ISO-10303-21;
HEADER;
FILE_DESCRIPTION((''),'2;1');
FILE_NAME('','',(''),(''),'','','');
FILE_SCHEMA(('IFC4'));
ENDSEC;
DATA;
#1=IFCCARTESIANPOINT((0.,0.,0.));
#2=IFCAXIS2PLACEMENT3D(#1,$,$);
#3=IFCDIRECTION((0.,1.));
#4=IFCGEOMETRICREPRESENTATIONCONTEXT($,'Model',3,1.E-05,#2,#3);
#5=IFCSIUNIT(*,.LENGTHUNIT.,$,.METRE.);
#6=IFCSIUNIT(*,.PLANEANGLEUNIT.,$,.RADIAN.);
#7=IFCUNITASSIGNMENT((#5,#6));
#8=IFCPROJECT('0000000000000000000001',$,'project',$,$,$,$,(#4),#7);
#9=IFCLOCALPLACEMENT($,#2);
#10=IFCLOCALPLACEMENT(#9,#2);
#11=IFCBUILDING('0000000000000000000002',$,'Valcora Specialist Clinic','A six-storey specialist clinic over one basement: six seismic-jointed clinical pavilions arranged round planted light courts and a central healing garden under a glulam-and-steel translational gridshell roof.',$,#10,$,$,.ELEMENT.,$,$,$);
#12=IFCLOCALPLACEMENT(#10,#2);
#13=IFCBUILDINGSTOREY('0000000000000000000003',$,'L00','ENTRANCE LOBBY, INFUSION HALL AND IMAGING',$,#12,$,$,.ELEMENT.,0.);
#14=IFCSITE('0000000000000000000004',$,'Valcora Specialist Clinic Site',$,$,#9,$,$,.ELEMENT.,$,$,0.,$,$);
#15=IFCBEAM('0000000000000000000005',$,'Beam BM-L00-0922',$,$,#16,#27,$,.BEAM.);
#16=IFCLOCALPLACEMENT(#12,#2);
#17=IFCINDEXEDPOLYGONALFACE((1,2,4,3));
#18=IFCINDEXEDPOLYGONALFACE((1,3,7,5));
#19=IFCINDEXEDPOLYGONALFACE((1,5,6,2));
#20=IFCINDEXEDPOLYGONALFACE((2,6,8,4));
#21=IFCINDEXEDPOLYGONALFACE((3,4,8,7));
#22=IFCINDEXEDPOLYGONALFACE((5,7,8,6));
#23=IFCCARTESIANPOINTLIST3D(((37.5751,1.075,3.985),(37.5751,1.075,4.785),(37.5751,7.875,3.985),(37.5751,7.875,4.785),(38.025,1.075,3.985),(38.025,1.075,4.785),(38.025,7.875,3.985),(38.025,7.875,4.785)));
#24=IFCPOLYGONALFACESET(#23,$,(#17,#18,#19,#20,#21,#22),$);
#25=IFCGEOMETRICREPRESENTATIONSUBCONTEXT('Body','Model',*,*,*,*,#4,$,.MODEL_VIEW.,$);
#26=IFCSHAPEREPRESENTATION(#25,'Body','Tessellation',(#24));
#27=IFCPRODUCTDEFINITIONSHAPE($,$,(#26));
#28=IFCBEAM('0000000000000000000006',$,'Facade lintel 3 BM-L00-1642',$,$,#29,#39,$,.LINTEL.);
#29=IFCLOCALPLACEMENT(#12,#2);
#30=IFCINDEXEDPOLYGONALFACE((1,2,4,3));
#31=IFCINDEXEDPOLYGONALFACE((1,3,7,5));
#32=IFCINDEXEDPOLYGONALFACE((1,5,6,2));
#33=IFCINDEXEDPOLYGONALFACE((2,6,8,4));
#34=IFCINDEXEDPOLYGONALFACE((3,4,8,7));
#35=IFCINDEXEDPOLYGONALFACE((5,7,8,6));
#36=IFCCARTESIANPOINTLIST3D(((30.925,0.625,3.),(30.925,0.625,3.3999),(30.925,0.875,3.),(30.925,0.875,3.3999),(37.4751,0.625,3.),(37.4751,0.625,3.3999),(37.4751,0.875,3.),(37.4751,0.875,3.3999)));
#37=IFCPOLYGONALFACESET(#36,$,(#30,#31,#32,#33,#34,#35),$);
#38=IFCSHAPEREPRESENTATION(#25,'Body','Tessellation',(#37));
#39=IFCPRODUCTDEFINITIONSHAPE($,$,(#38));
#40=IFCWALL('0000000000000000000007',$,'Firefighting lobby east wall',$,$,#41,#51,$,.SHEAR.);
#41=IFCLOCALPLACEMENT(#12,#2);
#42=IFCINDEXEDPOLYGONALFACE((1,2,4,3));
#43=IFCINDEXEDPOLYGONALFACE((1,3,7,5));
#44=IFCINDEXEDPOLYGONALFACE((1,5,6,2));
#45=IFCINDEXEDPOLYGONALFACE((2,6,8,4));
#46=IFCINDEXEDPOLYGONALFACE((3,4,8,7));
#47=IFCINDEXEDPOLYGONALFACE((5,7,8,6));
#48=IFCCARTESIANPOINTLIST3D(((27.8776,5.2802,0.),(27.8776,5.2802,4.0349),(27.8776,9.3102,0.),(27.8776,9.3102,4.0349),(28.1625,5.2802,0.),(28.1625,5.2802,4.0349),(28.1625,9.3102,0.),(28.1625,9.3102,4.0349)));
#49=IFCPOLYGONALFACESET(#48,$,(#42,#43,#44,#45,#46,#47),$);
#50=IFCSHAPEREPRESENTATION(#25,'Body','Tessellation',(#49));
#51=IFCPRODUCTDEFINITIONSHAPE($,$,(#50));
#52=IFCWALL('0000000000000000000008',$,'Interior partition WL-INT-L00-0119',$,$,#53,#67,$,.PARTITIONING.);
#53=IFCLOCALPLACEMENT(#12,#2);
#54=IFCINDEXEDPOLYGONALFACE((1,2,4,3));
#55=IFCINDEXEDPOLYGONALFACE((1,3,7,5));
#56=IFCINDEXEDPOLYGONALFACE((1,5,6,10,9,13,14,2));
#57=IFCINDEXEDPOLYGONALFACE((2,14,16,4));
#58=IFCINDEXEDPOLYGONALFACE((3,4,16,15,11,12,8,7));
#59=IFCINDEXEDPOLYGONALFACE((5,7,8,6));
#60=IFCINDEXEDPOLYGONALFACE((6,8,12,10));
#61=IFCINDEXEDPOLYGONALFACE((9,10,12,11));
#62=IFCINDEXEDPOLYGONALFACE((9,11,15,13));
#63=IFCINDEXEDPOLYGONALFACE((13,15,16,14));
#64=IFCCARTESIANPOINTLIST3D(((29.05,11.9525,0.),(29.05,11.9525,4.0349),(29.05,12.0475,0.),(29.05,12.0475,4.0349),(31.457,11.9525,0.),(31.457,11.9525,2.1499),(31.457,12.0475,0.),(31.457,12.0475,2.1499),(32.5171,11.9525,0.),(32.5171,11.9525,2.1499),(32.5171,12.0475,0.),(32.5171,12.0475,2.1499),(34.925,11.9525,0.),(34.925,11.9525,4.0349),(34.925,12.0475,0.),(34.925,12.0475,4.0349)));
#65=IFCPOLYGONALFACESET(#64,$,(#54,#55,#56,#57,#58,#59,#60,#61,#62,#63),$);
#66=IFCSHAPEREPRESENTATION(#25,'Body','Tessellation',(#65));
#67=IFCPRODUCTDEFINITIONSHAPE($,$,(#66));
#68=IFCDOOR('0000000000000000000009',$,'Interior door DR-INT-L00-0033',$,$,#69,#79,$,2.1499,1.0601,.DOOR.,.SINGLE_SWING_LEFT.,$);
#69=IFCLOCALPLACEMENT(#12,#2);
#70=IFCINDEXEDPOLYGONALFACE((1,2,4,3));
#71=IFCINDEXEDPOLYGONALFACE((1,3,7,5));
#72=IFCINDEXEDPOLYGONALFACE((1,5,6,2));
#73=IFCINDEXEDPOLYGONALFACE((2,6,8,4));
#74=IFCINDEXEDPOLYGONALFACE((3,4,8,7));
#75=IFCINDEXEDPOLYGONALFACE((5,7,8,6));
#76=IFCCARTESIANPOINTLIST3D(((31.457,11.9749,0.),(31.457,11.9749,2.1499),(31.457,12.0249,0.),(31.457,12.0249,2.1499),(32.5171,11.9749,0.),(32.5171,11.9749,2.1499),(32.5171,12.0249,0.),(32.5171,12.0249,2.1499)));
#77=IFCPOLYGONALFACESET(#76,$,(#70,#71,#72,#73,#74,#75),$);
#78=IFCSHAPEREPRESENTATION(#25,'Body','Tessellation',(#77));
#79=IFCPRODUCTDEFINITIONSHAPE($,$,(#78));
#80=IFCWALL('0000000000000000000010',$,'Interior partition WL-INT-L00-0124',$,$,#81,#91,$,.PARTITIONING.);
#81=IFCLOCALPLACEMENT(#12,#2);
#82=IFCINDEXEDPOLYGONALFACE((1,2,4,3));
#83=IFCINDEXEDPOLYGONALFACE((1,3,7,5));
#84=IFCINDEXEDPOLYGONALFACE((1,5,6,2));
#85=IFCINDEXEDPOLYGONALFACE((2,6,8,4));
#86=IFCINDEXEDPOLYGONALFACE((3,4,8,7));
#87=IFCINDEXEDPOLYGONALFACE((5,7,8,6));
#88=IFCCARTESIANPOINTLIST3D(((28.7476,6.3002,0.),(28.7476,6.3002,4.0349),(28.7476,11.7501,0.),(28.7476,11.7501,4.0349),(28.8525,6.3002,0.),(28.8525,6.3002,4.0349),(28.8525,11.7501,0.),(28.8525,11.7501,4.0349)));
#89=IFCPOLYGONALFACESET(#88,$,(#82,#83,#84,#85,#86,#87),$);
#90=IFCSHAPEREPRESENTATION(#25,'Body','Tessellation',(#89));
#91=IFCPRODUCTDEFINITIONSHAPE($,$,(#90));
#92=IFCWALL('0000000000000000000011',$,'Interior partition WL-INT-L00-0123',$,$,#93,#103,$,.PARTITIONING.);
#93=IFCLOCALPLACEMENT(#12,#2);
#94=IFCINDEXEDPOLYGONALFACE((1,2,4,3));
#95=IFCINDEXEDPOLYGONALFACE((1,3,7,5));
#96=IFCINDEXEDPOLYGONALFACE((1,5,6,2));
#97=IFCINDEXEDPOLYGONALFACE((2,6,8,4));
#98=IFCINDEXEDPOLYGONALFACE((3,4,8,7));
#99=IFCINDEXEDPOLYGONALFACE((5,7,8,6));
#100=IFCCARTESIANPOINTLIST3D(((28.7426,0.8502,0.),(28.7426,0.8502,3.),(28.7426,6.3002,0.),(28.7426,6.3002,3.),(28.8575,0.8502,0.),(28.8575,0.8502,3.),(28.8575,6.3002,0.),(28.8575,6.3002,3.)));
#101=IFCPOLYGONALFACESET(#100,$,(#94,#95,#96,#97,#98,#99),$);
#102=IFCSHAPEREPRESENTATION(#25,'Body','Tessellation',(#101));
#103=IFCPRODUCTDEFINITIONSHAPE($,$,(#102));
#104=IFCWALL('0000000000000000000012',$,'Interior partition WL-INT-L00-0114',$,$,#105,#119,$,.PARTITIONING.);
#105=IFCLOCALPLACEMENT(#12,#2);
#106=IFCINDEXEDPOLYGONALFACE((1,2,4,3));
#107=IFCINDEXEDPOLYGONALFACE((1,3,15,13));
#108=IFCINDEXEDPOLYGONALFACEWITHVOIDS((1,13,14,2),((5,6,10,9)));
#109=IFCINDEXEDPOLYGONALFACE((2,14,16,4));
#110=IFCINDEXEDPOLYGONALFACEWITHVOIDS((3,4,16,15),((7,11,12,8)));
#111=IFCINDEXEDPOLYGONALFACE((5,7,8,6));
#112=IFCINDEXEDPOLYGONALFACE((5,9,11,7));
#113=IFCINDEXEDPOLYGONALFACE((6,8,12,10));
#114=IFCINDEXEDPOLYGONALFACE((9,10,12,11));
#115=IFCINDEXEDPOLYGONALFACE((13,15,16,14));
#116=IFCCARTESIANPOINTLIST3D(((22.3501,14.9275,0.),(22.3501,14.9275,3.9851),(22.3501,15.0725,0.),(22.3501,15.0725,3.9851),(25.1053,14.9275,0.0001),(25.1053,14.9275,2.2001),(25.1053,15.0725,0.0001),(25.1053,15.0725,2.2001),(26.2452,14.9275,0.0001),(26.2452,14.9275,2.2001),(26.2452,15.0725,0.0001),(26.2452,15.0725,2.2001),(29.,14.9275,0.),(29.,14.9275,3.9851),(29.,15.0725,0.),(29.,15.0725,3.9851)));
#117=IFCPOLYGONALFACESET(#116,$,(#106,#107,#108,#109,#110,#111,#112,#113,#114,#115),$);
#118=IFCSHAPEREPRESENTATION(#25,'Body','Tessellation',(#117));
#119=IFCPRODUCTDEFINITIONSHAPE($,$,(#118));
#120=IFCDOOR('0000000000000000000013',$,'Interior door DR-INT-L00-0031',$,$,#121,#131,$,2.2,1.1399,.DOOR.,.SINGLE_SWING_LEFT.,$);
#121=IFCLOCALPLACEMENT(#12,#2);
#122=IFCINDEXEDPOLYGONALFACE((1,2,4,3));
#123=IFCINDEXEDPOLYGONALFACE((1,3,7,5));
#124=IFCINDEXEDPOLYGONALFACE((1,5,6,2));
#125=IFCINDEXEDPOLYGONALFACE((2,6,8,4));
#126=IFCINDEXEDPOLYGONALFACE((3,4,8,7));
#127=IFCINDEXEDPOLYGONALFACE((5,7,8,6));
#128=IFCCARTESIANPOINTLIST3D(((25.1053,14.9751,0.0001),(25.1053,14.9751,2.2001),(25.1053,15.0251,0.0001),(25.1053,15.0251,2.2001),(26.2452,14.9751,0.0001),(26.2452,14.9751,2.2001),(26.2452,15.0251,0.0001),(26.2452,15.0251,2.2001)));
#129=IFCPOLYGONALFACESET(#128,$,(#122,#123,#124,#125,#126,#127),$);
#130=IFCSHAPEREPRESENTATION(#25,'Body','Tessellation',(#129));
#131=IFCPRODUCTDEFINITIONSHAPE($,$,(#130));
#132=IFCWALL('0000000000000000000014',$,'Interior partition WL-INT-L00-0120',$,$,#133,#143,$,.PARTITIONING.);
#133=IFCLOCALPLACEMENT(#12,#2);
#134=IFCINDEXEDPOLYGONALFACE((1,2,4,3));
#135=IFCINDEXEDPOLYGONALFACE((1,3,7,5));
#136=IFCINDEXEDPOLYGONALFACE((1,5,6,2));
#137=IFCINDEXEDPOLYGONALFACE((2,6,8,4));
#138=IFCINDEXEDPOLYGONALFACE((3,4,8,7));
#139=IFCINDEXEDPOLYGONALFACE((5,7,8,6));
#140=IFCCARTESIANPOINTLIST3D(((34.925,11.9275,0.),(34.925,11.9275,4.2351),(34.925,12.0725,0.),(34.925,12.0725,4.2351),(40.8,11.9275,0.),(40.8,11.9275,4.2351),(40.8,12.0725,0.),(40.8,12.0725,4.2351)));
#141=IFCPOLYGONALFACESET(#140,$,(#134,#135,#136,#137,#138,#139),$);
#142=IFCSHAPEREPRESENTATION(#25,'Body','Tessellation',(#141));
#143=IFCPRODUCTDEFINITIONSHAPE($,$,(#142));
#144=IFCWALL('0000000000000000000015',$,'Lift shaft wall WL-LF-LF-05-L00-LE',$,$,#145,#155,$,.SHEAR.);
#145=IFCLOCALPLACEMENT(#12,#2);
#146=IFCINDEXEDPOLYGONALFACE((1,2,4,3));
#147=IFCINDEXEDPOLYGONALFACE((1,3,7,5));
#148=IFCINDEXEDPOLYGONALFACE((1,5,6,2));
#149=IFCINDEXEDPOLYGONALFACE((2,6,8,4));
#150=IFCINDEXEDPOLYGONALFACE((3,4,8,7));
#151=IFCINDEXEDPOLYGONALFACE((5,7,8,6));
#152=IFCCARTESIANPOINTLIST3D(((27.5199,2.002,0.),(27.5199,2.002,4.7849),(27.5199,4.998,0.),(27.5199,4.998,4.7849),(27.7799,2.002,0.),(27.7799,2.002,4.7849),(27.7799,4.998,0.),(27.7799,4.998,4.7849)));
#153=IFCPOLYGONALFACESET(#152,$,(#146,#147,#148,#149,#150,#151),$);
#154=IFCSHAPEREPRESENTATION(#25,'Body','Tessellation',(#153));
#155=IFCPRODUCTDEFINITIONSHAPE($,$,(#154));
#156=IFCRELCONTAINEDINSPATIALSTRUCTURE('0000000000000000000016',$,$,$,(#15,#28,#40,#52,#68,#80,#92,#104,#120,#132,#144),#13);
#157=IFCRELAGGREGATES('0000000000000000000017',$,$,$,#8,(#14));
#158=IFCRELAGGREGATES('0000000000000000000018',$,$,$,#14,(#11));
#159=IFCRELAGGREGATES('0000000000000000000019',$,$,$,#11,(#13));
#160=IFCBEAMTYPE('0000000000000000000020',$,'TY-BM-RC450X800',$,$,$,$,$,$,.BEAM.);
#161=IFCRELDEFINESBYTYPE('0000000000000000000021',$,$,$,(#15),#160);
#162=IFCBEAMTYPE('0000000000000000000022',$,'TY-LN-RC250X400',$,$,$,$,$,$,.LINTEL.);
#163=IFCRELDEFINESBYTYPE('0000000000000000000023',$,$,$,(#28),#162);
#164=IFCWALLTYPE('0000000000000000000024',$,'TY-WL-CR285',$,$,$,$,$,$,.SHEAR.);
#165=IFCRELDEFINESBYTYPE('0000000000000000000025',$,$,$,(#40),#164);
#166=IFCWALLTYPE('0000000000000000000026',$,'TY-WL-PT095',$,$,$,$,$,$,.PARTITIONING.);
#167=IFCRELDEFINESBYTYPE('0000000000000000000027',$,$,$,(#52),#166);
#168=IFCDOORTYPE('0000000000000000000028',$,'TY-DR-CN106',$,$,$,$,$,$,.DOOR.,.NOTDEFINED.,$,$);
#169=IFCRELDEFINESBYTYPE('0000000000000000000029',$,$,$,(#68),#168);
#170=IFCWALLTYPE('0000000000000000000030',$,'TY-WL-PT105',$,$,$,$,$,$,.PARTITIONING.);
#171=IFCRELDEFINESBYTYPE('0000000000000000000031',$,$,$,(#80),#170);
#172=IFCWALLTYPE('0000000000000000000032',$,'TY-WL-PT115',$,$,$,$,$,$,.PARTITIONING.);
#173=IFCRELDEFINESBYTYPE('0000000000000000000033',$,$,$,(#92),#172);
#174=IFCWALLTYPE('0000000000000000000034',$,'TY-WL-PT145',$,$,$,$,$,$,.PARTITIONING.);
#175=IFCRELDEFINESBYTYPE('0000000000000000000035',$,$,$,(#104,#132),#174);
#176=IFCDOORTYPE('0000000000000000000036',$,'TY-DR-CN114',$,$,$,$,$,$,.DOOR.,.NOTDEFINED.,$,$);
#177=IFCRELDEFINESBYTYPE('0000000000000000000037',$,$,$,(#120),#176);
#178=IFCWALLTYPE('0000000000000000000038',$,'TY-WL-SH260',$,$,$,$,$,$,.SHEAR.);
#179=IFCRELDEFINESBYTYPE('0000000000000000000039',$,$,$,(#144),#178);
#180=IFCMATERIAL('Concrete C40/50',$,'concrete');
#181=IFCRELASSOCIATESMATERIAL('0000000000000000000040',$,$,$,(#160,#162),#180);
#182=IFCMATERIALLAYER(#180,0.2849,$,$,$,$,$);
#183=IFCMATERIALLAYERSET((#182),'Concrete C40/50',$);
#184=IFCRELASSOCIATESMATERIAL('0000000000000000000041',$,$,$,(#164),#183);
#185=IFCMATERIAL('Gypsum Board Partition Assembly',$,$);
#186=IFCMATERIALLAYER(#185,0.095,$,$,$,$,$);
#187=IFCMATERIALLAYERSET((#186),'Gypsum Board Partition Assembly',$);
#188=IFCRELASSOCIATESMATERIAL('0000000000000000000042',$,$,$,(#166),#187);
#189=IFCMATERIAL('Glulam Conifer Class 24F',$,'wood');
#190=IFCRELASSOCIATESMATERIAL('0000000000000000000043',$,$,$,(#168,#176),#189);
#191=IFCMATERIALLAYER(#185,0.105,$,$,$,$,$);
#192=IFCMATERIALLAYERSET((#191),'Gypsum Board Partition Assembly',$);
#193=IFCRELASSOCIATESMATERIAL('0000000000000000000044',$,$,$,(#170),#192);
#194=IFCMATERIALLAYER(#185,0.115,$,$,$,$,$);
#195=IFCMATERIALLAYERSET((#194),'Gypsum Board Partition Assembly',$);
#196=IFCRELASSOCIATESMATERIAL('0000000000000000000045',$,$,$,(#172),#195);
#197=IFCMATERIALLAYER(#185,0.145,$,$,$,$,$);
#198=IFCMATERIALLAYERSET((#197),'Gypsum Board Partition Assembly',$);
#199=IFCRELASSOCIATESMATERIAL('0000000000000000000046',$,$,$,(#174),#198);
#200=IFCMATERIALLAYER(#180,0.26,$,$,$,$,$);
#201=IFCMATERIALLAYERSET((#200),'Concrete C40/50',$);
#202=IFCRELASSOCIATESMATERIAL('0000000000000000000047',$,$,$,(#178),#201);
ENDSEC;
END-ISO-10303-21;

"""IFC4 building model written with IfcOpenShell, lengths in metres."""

from ifc_helpers import new_model, si_unit, direction, frame, frame_2d, origin, origin_2d, place, context, subcontext, project, spatial, rectangle, extrude, material, layer, layer_set, material_profile, profile_set, type_object, element, fill, save


model = new_model("IFC4")

# Units and contexts
model_context = context("Model", 3, precision=1e-05, world=origin(), true_north=direction((0.0, 1.0)))
body_context = subcontext(model_context, "Body", "Model", "MODEL_VIEW")
ifc_project = project(units=[si_unit("LENGTHUNIT", "METRE"), si_unit("PLANEANGLEUNIT", "RADIAN")], contexts=[model_context])

# Site, building, storey
site_placement = place(None, origin())
site = spatial("IfcSite", under=ifc_project, at=site_placement, Name="Valcora Specialist Clinic Site", CompositionType="ELEMENT", RefElevation=0.0)
building_placement = place(site_placement, origin())
building = spatial("IfcBuilding", under=site, at=building_placement, Name="Valcora Specialist Clinic", Description="A six-storey specialist clinic over one basement: six seismic-jointed clinical pavilions arranged round planted light courts and a central healing garden under a glulam-and-steel translational gridshell roof.", CompositionType="ELEMENT")
storey_placement = place(building_placement, origin())
storey = spatial("IfcBuildingStorey", under=building, at=storey_placement, Name="L00", Description="ENTRANCE LOBBY, INFUSION HALL AND IMAGING", CompositionType="ELEMENT", Elevation=0.0)

# Shared definitions
ifc_material_1 = material(Name="Concrete C40/50", Category="concrete")

# Beams
ifc_material_profile_1 = material_profile(ifc_material_1, rectangle(XDim=0.45, YDim=0.8, at=origin_2d()), Name="RC-BM-450X800")
ifc_profile_set_1 = profile_set([ifc_material_profile_1], Name="Concrete C40/50")
beam_type_1 = type_object("IfcBeamType", Name="TY-BM-RC450X800", PredefinedType="BEAM", material=ifc_profile_set_1)
beam_1_placement = place(storey_placement, frame((37.8, 1.075, 4.385), z_axis=(0.0, 1.0, 0.0), x_axis=(-1.0, 0.0, 0.0)))
element("IfcBeam", 1, at=beam_1_placement, inside=storey, type_object=beam_type_1, Name="Beam BM-L00-0922", PredefinedType="BEAM", context=body_context, shape_type="SweptSolid", body=[
    extrude(rectangle(XDim=0.45, YDim=0.8, at=origin_2d()), origin(), (0.0, 0.0, 1.0), 6.8),
])
ifc_material_profile_2 = material_profile(ifc_material_1, rectangle(XDim=0.25, YDim=0.3999, at=origin_2d()), Name="RC-LN-250X400")
ifc_profile_set_2 = profile_set([ifc_material_profile_2], Name="Concrete C40/50")
beam_type_2 = type_object("IfcBeamType", Name="TY-LN-RC250X400", PredefinedType="LINTEL", material=ifc_profile_set_2)
beam_2_placement = place(storey_placement, frame((30.925, 0.75, 3.2), z_axis=(1.0, 0.0, 0.0), x_axis=(0.0, 1.0, 0.0)))
element("IfcBeam", 2, at=beam_2_placement, inside=storey, type_object=beam_type_2, Name="Facade lintel 3 BM-L00-1642", PredefinedType="LINTEL", context=body_context, shape_type="SweptSolid", body=[
    extrude(rectangle(XDim=0.25, YDim=0.3999, at=origin_2d()), origin(), (0.0, 0.0, 1.0), 6.55),
])

# Wall
ifc_layer_1 = layer(ifc_material_1, 0.2849)
ifc_layer_set_1 = layer_set([ifc_layer_1], Name="Concrete C40/50")
wall_type_1 = type_object("IfcWallType", Name="TY-WL-CR285", PredefinedType="SHEAR", material=ifc_layer_set_1)
wall_1_placement = place(storey_placement, frame((28.02, 5.28, 0.0), z_axis=(0.0, 0.0, 1.0), x_axis=(0.0, 1.0, 0.0)))
element("IfcWall", 3, at=wall_1_placement, inside=storey, type_object=wall_type_1, Name="Firefighting lobby east wall", PredefinedType="SHEAR", context=body_context, shape_type="SweptSolid", body=[
    extrude(rectangle(XDim=4.03, YDim=0.2849, at=frame_2d((2.0151, 0.0))), origin(), (0.0, 0.0, 1.0), 4.0349),
])

# Wall, opening, door
ifc_material_2 = material(Name="Gypsum Board Partition Assembly")
ifc_layer_2 = layer(ifc_material_2, 0.095)
ifc_layer_set_2 = layer_set([ifc_layer_2], Name="Gypsum Board Partition Assembly")
wall_type_2 = type_object("IfcWallType", Name="TY-WL-PT095", PredefinedType="PARTITIONING", material=ifc_layer_set_2)
wall_2_placement = place(storey_placement, frame((29.05, 12.0, 0.0), z_axis=(0.0, 0.0, 1.0), x_axis=(1.0, 0.0, 0.0)))
wall_2 = element("IfcWall", 4, at=wall_2_placement, inside=storey, type_object=wall_type_2, Name="Interior partition WL-INT-L00-0119", PredefinedType="PARTITIONING", context=body_context, shape_type="SweptSolid", body=[
    extrude(rectangle(XDim=5.875, YDim=0.095, at=frame_2d((2.9375, 0.0))), origin(), (0.0, 0.0, 1.0), 4.0349),
])
opening_1_placement = place(wall_2_placement, frame((2.407, 0.0, 0.0)))
opening_1 = element("IfcOpeningElement", 5, at=opening_1_placement, cuts=wall_2, PredefinedType="OPENING", context=body_context, shape_type="SweptSolid", body=[
    extrude(rectangle(XDim=1.0601, YDim=2.1499, at=frame_2d((0.53, 1.075))), frame((0.0, 0.0574, 0.0), z_axis=(0.0, -1.0, 0.0), x_axis=(1.0, 0.0, 0.0)), (0.0, 0.0, 1.0), 0.115),
])
ifc_material_3 = material(Name="Glulam Conifer Class 24F", Category="wood")
door_type_1 = type_object("IfcDoorType", Name="TY-DR-CN106", OperationType="NOTDEFINED", PredefinedType="DOOR", material=ifc_material_3)
door_1_placement = place(opening_1_placement, origin())
door_1 = element("IfcDoor", 6, at=door_1_placement, inside=storey, type_object=door_type_1, Name="Interior door DR-INT-L00-0033", OperationType="SINGLE_SWING_LEFT", OverallHeight=2.1499, OverallWidth=1.0601, PredefinedType="DOOR", context=body_context, shape_type="SweptSolid", body=[
    extrude(rectangle(XDim=1.0601, YDim=2.1499, at=frame_2d((0.53, 1.075))), frame((0.0, 0.0249, 0.0), z_axis=(0.0, -1.0, 0.0), x_axis=(1.0, 0.0, 0.0)), (0.0, 0.0, 1.0), 0.05),
])
fill(opening_1, door_1)

# Walls
ifc_layer_3 = layer(ifc_material_2, 0.105)
ifc_layer_set_3 = layer_set([ifc_layer_3], Name="Gypsum Board Partition Assembly")
wall_type_3 = type_object("IfcWallType", Name="TY-WL-PT105", PredefinedType="PARTITIONING", material=ifc_layer_set_3)
wall_3_placement = place(storey_placement, frame((28.8, 6.3, 0.0), z_axis=(0.0, 0.0, 1.0), x_axis=(0.0, 1.0, 0.0)))
element("IfcWall", 7, at=wall_3_placement, inside=storey, type_object=wall_type_3, Name="Interior partition WL-INT-L00-0124", PredefinedType="PARTITIONING", context=body_context, shape_type="SweptSolid", body=[
    extrude(rectangle(XDim=5.45, YDim=0.105, at=frame_2d((2.7251, 0.0))), origin(), (0.0, 0.0, 1.0), 4.0349),
])
ifc_layer_4 = layer(ifc_material_2, 0.115)
ifc_layer_set_4 = layer_set([ifc_layer_4], Name="Gypsum Board Partition Assembly")
wall_type_4 = type_object("IfcWallType", Name="TY-WL-PT115", PredefinedType="PARTITIONING", material=ifc_layer_set_4)
wall_4_placement = place(storey_placement, frame((28.8, 0.8501, 0.0), z_axis=(0.0, 0.0, 1.0), x_axis=(0.0, 1.0, 0.0)))
element("IfcWall", 8, at=wall_4_placement, inside=storey, type_object=wall_type_4, Name="Interior partition WL-INT-L00-0123", PredefinedType="PARTITIONING", context=body_context, shape_type="SweptSolid", body=[
    extrude(rectangle(XDim=5.45, YDim=0.115, at=frame_2d((2.7251, 0.0))), origin(), (0.0, 0.0, 1.0), 3.0),
])

# Wall, opening, door
ifc_layer_5 = layer(ifc_material_2, 0.145)
ifc_layer_set_5 = layer_set([ifc_layer_5], Name="Gypsum Board Partition Assembly")
wall_type_5 = type_object("IfcWallType", Name="TY-WL-PT145", PredefinedType="PARTITIONING", material=ifc_layer_set_5)
wall_5_placement = place(storey_placement, frame((29.0, 15.0, 0.0), z_axis=(0.0, 0.0, 1.0), x_axis=(-1.0, 0.0, 0.0)))
wall_5 = element("IfcWall", 9, at=wall_5_placement, inside=storey, type_object=wall_type_5, Name="Interior partition WL-INT-L00-0114", PredefinedType="PARTITIONING", context=body_context, shape_type="SweptSolid", body=[
    extrude(rectangle(XDim=6.6499, YDim=0.145, at=frame_2d((3.325, 0.0))), origin(), (0.0, 0.0, 1.0), 3.9851),
])
opening_2_placement = place(wall_5_placement, frame((2.7549, 0.0, 0.0)))
opening_2 = element("IfcOpeningElement", 10, at=opening_2_placement, cuts=wall_5, PredefinedType="OPENING", context=body_context, shape_type="SweptSolid", body=[
    extrude(rectangle(XDim=1.1399, YDim=2.2, at=frame_2d((0.5698, 1.1001))), frame((0.0, 0.0825, 0.0), z_axis=(0.0, -1.0, 0.0), x_axis=(1.0, 0.0, 0.0)), (0.0, 0.0, 1.0), 0.165),
])
door_type_2 = type_object("IfcDoorType", Name="TY-DR-CN114", OperationType="NOTDEFINED", PredefinedType="DOOR", material=ifc_material_3)
door_2_placement = place(opening_2_placement, origin())
door_2 = element("IfcDoor", 11, at=door_2_placement, inside=storey, type_object=door_type_2, Name="Interior door DR-INT-L00-0031", OperationType="SINGLE_SWING_LEFT", OverallHeight=2.2, OverallWidth=1.1399, PredefinedType="DOOR", context=body_context, shape_type="SweptSolid", body=[
    extrude(rectangle(XDim=1.1399, YDim=2.2, at=frame_2d((0.5698, 1.1001))), frame((0.0, 0.0249, 0.0), z_axis=(0.0, -1.0, 0.0), x_axis=(1.0, 0.0, 0.0)), (0.0, 0.0, 1.0), 0.05),
])
fill(opening_2, door_2)

# Walls
wall_6_placement = place(storey_placement, frame((34.925, 12.0, 0.0), z_axis=(0.0, 0.0, 1.0), x_axis=(1.0, 0.0, 0.0)))
element("IfcWall", 12, at=wall_6_placement, inside=storey, type_object=wall_type_5, Name="Interior partition WL-INT-L00-0120", PredefinedType="PARTITIONING", context=body_context, shape_type="SweptSolid", body=[
    extrude(rectangle(XDim=5.875, YDim=0.145, at=frame_2d((2.9375, 0.0))), origin(), (0.0, 0.0, 1.0), 4.2351),
])
ifc_layer_6 = layer(ifc_material_1, 0.26)
ifc_layer_set_6 = layer_set([ifc_layer_6], Name="Concrete C40/50")
wall_type_6 = type_object("IfcWallType", Name="TY-WL-SH260", PredefinedType="SHEAR", material=ifc_layer_set_6)
wall_7_placement = place(storey_placement, frame((27.6499, 2.002, 0.0), z_axis=(0.0, 0.0, 1.0), x_axis=(0.0, 1.0, 0.0)))
element("IfcWall", 13, at=wall_7_placement, inside=storey, type_object=wall_type_6, Name="Lift shaft wall WL-LF-LF-05-L00-LE", PredefinedType="SHEAR", context=body_context, shape_type="SweptSolid", body=[
    extrude(rectangle(XDim=2.9961, YDim=0.26, at=frame_2d((1.498, 0.0))), origin(), (0.0, 0.0, 1.0), 4.7849),
])

save(model, "model.ifc")
